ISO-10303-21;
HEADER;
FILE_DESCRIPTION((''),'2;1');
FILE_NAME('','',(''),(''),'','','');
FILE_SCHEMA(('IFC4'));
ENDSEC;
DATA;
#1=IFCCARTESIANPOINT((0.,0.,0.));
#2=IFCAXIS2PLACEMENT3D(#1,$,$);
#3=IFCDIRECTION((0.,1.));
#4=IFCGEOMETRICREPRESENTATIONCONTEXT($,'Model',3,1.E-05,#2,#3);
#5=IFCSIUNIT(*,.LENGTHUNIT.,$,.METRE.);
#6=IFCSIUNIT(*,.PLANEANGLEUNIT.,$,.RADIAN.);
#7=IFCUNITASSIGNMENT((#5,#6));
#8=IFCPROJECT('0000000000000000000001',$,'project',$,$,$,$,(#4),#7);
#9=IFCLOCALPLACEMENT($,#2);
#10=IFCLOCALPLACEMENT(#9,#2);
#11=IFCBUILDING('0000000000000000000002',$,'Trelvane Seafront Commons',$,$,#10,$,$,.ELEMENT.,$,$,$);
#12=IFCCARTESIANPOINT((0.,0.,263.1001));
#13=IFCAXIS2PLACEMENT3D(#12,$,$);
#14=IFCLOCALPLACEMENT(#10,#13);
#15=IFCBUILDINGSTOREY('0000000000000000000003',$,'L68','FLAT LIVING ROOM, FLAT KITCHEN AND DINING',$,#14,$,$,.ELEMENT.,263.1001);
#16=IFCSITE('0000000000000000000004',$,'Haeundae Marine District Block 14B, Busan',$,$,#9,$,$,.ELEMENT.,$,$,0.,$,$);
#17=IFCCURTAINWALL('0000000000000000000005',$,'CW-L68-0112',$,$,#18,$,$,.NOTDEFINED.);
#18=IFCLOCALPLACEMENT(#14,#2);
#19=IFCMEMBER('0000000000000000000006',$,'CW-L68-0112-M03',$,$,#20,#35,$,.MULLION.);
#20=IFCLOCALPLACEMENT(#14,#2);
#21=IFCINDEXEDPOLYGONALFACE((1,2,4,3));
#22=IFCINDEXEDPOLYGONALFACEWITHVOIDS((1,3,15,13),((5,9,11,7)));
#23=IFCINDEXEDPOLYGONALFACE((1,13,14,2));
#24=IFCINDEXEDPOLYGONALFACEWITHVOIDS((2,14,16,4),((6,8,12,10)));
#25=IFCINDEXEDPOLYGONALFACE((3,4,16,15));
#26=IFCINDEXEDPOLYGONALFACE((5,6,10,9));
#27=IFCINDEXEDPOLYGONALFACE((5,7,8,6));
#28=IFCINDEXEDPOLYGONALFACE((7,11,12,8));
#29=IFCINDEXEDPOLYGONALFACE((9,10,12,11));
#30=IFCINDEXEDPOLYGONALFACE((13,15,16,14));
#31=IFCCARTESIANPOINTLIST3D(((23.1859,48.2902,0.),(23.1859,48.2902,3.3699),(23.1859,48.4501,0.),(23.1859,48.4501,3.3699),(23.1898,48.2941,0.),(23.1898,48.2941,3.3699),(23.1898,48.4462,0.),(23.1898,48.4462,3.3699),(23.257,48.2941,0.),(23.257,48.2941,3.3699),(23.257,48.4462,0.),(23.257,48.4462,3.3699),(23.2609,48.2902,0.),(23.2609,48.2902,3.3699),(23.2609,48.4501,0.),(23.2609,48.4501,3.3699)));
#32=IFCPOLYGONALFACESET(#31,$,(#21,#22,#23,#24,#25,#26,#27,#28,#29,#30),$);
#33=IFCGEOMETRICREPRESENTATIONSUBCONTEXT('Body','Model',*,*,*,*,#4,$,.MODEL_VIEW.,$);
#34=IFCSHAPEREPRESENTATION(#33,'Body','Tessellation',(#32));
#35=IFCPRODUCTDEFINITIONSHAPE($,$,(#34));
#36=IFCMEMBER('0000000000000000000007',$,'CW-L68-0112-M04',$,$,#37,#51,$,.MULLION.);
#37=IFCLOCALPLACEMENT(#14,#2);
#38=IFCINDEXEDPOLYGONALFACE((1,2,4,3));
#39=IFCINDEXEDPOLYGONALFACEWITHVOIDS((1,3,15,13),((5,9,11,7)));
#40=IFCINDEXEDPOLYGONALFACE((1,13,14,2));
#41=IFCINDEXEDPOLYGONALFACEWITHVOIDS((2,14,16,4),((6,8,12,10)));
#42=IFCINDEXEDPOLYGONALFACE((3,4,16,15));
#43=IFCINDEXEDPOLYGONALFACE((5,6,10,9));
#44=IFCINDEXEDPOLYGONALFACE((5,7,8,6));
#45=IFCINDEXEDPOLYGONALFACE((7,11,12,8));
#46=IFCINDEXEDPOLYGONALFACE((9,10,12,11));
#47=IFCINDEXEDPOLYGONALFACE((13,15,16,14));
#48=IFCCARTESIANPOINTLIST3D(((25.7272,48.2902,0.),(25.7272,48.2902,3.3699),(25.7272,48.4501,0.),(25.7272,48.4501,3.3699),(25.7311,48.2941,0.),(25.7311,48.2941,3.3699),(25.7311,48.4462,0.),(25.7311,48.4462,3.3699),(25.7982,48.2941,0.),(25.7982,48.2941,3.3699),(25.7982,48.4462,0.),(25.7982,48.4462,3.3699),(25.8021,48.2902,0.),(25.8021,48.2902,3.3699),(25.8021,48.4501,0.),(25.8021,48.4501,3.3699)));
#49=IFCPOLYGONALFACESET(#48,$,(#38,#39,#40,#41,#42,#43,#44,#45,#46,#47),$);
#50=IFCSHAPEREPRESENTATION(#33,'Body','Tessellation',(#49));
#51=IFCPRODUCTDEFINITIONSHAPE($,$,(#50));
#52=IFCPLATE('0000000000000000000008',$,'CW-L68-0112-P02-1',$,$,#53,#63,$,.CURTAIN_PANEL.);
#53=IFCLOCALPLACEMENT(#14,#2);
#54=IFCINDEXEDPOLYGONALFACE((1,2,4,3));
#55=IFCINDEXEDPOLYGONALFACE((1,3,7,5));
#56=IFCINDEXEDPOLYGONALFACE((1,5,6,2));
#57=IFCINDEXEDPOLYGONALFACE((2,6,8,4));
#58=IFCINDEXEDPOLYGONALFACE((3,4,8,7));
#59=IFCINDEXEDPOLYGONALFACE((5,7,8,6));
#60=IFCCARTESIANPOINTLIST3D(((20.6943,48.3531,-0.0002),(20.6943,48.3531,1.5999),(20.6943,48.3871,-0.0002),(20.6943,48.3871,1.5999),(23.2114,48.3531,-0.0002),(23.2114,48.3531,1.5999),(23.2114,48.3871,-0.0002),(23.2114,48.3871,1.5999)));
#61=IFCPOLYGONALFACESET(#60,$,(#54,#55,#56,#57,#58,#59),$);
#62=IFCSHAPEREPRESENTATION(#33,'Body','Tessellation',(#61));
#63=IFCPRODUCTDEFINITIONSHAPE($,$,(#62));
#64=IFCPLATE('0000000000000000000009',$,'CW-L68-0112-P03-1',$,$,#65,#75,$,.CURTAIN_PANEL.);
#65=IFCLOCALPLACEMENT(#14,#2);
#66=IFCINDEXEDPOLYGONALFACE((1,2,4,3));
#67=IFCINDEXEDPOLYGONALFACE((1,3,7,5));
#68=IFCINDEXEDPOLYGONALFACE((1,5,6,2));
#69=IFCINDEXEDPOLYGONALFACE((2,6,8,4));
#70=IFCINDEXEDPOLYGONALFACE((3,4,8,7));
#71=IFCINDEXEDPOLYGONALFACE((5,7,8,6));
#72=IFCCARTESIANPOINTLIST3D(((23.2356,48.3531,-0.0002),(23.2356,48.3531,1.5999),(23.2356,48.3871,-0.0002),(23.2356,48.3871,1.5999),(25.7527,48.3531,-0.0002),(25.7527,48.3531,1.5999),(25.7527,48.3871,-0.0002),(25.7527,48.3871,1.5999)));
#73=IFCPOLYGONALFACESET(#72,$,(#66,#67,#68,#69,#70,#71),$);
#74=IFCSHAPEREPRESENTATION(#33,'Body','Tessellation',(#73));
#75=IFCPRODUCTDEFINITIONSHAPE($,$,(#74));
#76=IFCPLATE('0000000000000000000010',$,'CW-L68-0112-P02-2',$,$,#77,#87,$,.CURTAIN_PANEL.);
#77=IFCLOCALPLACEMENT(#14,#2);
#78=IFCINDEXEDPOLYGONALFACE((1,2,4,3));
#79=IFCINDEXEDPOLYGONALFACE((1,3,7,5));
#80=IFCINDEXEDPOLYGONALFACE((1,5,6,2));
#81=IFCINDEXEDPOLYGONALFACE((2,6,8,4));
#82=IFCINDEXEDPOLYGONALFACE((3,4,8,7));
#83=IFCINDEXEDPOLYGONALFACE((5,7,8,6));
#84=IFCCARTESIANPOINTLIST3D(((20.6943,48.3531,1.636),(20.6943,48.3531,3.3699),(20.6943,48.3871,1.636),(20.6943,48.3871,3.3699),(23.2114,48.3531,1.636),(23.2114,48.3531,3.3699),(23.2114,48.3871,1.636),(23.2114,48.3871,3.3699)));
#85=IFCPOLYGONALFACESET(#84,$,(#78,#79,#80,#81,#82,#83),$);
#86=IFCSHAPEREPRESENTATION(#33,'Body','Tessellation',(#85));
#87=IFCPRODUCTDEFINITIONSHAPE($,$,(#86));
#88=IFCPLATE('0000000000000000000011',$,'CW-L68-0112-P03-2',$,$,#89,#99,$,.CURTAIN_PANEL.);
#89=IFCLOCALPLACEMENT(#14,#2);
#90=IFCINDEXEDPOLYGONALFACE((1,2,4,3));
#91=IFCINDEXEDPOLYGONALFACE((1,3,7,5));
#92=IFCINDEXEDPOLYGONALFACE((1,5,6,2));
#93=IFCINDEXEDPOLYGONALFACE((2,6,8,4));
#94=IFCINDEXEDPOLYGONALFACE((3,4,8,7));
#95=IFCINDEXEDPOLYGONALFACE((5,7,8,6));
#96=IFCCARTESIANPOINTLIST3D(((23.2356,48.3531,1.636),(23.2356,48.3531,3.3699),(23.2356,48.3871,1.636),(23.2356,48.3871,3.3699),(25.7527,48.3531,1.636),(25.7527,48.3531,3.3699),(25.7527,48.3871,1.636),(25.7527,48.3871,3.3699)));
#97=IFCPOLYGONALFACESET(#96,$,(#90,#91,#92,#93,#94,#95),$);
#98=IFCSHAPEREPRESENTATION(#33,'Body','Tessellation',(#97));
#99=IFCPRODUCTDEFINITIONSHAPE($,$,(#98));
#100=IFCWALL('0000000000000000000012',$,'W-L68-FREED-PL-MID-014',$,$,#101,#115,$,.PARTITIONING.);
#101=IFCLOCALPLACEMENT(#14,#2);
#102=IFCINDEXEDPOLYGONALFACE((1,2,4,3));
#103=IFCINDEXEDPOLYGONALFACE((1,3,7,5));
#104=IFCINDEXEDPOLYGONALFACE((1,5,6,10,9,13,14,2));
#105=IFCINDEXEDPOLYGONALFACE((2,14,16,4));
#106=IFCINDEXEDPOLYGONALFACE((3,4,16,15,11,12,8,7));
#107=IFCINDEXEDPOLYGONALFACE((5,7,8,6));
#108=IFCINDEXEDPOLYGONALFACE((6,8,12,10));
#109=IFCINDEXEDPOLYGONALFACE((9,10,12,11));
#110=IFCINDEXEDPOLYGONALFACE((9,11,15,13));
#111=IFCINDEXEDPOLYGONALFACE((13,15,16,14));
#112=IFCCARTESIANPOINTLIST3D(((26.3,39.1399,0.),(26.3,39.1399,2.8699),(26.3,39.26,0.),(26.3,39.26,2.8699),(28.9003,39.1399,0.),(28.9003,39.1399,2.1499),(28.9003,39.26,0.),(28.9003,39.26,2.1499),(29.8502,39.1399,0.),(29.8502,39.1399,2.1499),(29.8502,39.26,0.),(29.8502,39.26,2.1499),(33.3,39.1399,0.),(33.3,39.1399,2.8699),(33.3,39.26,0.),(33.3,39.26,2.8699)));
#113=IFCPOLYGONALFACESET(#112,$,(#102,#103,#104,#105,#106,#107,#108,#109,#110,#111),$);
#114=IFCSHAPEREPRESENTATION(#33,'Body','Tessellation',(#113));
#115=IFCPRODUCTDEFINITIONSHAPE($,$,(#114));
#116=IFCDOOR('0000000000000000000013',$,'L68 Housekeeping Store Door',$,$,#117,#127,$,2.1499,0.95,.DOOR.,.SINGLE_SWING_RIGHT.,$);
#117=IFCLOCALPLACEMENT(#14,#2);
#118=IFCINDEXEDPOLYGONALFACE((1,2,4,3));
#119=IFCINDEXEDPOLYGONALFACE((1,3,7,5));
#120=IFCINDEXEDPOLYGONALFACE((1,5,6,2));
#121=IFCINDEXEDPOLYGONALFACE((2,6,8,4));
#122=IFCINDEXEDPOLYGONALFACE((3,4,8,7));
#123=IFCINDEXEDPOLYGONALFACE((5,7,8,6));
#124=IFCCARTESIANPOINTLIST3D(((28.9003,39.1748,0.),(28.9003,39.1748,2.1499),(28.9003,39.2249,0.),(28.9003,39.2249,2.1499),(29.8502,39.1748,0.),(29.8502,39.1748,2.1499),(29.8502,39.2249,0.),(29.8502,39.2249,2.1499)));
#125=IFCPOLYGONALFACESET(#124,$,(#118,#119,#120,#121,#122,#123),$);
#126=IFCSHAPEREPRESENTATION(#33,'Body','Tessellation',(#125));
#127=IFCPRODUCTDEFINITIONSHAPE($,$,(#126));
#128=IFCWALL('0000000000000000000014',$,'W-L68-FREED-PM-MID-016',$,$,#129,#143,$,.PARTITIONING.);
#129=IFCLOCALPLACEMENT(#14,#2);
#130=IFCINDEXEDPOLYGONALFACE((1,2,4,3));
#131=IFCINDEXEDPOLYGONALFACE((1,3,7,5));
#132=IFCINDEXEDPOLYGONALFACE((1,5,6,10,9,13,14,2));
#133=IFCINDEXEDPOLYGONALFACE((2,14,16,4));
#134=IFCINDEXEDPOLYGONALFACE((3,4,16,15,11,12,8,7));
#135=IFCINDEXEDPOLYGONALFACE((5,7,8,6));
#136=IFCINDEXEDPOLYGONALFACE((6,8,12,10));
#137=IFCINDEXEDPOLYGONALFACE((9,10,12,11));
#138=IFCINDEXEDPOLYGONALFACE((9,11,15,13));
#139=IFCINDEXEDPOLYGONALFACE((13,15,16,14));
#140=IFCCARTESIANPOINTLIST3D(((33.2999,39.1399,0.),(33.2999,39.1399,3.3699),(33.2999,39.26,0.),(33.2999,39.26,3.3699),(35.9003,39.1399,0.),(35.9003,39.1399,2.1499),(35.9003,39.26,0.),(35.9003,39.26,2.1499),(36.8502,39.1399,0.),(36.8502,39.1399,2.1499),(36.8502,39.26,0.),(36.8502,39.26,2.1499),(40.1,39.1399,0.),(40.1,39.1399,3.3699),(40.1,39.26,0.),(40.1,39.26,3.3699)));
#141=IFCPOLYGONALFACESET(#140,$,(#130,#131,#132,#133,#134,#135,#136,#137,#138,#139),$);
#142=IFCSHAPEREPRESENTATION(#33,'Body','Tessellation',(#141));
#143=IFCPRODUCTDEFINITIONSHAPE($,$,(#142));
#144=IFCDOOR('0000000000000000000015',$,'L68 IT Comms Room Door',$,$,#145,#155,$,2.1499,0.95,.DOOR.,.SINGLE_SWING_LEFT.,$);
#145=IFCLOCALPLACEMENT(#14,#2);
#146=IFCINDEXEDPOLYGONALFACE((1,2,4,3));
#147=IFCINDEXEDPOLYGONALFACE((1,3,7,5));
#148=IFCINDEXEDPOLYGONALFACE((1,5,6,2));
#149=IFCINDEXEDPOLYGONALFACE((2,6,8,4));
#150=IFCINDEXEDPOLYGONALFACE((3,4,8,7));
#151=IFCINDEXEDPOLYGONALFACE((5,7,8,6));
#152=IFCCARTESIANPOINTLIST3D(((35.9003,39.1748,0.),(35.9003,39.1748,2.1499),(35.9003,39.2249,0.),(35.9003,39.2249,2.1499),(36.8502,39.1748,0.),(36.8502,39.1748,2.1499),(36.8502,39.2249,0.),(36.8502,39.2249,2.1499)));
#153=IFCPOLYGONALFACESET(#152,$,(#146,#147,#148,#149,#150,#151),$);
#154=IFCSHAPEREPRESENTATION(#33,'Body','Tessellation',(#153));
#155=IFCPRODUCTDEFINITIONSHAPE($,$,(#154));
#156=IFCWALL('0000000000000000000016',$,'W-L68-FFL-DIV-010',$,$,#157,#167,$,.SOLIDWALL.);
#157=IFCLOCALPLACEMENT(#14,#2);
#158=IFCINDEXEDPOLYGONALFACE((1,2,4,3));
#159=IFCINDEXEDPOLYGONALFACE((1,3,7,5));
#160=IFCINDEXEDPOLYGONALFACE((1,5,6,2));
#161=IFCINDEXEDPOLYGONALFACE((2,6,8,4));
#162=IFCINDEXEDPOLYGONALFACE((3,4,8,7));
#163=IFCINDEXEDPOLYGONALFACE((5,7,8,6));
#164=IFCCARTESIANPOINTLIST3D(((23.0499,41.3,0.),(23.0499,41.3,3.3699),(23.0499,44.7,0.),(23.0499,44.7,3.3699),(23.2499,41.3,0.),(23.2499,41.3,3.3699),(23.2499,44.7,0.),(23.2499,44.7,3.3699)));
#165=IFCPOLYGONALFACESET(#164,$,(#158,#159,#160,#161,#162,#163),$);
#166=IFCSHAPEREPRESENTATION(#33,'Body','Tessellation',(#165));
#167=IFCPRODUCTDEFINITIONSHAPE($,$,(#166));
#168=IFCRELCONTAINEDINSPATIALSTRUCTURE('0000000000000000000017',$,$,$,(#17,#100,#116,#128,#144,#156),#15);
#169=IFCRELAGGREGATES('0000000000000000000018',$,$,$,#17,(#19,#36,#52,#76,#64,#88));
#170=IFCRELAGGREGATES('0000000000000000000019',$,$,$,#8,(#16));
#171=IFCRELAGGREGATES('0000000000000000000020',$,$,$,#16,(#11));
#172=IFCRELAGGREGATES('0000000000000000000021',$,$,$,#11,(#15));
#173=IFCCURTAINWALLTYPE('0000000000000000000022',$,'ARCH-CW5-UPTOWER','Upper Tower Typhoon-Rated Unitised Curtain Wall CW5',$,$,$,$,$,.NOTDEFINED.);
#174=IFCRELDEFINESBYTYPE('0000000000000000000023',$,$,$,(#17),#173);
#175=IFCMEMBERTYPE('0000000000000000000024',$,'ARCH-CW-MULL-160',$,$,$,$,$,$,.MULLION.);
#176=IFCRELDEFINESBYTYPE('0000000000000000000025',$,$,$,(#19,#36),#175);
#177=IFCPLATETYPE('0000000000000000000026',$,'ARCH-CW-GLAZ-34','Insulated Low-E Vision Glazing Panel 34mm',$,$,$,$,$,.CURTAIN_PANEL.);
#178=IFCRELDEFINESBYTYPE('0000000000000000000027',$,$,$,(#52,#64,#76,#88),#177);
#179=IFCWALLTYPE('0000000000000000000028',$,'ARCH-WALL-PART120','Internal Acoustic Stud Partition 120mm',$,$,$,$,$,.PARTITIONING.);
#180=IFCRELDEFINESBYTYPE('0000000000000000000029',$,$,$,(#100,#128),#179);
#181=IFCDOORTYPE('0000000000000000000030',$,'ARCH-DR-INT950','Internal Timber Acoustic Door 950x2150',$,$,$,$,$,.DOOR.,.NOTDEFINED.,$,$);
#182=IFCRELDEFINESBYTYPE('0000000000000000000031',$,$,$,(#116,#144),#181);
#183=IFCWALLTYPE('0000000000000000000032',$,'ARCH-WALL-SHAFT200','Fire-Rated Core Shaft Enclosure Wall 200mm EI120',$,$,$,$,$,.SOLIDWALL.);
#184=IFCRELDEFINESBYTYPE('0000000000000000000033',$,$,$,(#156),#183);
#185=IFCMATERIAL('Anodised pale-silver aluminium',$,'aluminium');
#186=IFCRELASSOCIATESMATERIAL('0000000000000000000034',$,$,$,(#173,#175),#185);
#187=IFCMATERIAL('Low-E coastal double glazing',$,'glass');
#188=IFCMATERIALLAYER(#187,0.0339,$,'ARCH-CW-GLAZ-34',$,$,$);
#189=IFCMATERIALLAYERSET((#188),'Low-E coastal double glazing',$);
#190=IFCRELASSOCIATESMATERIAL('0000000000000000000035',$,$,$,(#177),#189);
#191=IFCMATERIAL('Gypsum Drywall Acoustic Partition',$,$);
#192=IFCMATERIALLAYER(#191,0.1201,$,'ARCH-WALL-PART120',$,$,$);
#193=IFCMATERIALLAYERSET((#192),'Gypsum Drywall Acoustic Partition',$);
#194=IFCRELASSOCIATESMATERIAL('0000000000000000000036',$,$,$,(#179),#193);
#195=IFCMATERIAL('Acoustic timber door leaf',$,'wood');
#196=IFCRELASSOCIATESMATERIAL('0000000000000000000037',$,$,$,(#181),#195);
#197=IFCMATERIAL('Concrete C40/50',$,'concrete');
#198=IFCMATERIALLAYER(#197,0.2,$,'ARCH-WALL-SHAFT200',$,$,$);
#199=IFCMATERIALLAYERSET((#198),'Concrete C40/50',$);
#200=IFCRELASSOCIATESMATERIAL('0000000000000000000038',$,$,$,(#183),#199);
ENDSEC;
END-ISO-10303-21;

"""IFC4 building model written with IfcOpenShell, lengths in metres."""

from ifc_helpers import new_model, si_unit, direction, frame, frame_2d, origin, origin_2d, place, context, subcontext, project, spatial, rectangle, hollow_rectangle, extrude, source, transform, mapped, material, layer, layer_set, material_profile, profile_set, type_object, element, fill, aggregate, save


model = new_model("IFC4")

# Units and contexts
model_context = context("Model", 3, precision=1e-05, world=origin(), true_north=direction((0.0, 1.0)))
body_context = subcontext(model_context, "Body", "Model", "MODEL_VIEW")
ifc_project = project(units=[si_unit("LENGTHUNIT", "METRE"), si_unit("PLANEANGLEUNIT", "RADIAN")], contexts=[model_context])

# Site, building, storey
site_placement = place(None, origin())
site = spatial("IfcSite", under=ifc_project, at=site_placement, Name="Haeundae Marine District Block 14B, Busan", CompositionType="ELEMENT", RefElevation=0.0)
building_placement = place(site_placement, origin())
building = spatial("IfcBuilding", under=site, at=building_placement, Name="Trelvane Seafront Commons", CompositionType="ELEMENT")
storey_placement = place(building_placement, frame((0.0, 0.0, 263.1001)))
storey = spatial("IfcBuildingStorey", under=building, at=storey_placement, Name="L68", Description="FLAT LIVING ROOM, FLAT KITCHEN AND DINING", CompositionType="ELEMENT", Elevation=263.1001)

# Curtain wall, members, plates
ifc_material_1 = material(Name="Anodised pale-silver aluminium", Category="aluminium")
curtain_wall_type = type_object("IfcCurtainWallType", Name="ARCH-CW5-UPTOWER", Description="Upper Tower Typhoon-Rated Unitised Curtain Wall CW5", PredefinedType="NOTDEFINED", material=ifc_material_1)
curtain_wall_placement = place(storey_placement, origin())
curtain_wall = element("IfcCurtainWall", 1, at=curtain_wall_placement, inside=storey, type_object=curtain_wall_type, Name="CW-L68-0112", PredefinedType="NOTDEFINED")
ifc_material_profile_1 = material_profile(ifc_material_1, hollow_rectangle(XDim=0.075, YDim=0.1599, WallThickness=0.0039, at=origin_2d()), Name="MULL-75x160x4")
ifc_profile_set_1 = profile_set([ifc_material_profile_1], Name="Anodised pale-silver aluminium")
member_type_1 = type_object("IfcMemberType", Name="ARCH-CW-MULL-160", PredefinedType="MULLION", material=ifc_profile_set_1)
shared_shape_1 = source(origin(), body_context, "Body", "SweptSolid", [
    extrude(hollow_rectangle(XDim=0.075, YDim=0.1599, WallThickness=0.0039, at=origin_2d()), origin(), (0.0, 0.0, 1.0), 3.3699),
])
member_1_placement = place(storey_placement, frame((23.2234, 48.3701, 0.0), z_axis=(0.0, 0.0, 1.0), x_axis=(1.0, 0.0, 0.0)))
member_1 = element("IfcMember", 2, at=member_1_placement, type_object=member_type_1, Name="CW-L68-0112-M03", PredefinedType="MULLION", context=body_context, shape_type="MappedRepresentation", body=[
    mapped(shared_shape_1, transform((0.0, 0.0, 0.0), x_axis=(1.0, 0.0, 0.0), y_axis=(0.0, 1.0, 0.0), z_axis=(0.0, 0.0, 1.0), scale=1.0)),
])
member_2_placement = place(storey_placement, frame((25.7646, 48.3701, 0.0), z_axis=(0.0, 0.0, 1.0), x_axis=(1.0, 0.0, 0.0)))
member_2 = element("IfcMember", 3, at=member_2_placement, type_object=member_type_1, Name="CW-L68-0112-M04", PredefinedType="MULLION", context=body_context, shape_type="MappedRepresentation", body=[
    mapped(shared_shape_1, transform((0.0, 0.0, 0.0), x_axis=(1.0, 0.0, 0.0), y_axis=(0.0, 1.0, 0.0), z_axis=(0.0, 0.0, 1.0), scale=1.0)),
])
ifc_material_2 = material(Name="Low-E coastal double glazing", Category="glass")
ifc_layer_1 = layer(ifc_material_2, 0.0339, Name="ARCH-CW-GLAZ-34")
ifc_layer_set_1 = layer_set([ifc_layer_1], Name="Low-E coastal double glazing")
plate_type = type_object("IfcPlateType", Name="ARCH-CW-GLAZ-34", Description="Insulated Low-E Vision Glazing Panel 34mm", PredefinedType="CURTAIN_PANEL", material=ifc_layer_set_1)
shared_shape_2 = source(origin(), body_context, "Body", "SweptSolid", [
    extrude(rectangle(XDim=2.5171, YDim=0.0339, at=origin_2d()), origin(), (0.0, 0.0, 1.0), 1.6001),
])
plate_1_placement = place(storey_placement, frame((21.9529, 48.3701, -0.0002), z_axis=(0.0, 0.0, 1.0), x_axis=(1.0, 0.0, 0.0)))
plate_1 = element("IfcPlate", 4, at=plate_1_placement, type_object=plate_type, Name="CW-L68-0112-P02-1", PredefinedType="CURTAIN_PANEL", context=body_context, shape_type="MappedRepresentation", body=[
    mapped(shared_shape_2, transform((0.0, 0.0, 0.0), x_axis=(1.0, 0.0, 0.0), y_axis=(0.0, 1.0, 0.0), z_axis=(0.0, 0.0, 1.0), scale=1.0)),
])
plate_2_placement = place(storey_placement, frame((24.4941, 48.3701, -0.0002), z_axis=(0.0, 0.0, 1.0), x_axis=(1.0, 0.0, 0.0)))
plate_2 = element("IfcPlate", 5, at=plate_2_placement, type_object=plate_type, Name="CW-L68-0112-P03-1", PredefinedType="CURTAIN_PANEL", context=body_context, shape_type="MappedRepresentation", body=[
    mapped(shared_shape_2, transform((0.0, 0.0, 0.0), x_axis=(1.0, 0.0, 0.0), y_axis=(0.0, 1.0, 0.0), z_axis=(0.0, 0.0, 1.0), scale=1.0)),
])
shared_shape_3 = source(origin(), body_context, "Body", "SweptSolid", [
    extrude(rectangle(XDim=2.5171, YDim=0.0339, at=origin_2d()), origin(), (0.0, 0.0, 1.0), 1.7339),
])
plate_3_placement = place(storey_placement, frame((21.9529, 48.3701, 1.636), z_axis=(0.0, 0.0, 1.0), x_axis=(1.0, 0.0, 0.0)))
plate_3 = element("IfcPlate", 6, at=plate_3_placement, type_object=plate_type, Name="CW-L68-0112-P02-2", PredefinedType="CURTAIN_PANEL", context=body_context, shape_type="MappedRepresentation", body=[
    mapped(shared_shape_3, transform((0.0, 0.0, 0.0), x_axis=(1.0, 0.0, 0.0), y_axis=(0.0, 1.0, 0.0), z_axis=(0.0, 0.0, 1.0), scale=1.0)),
])
plate_4_placement = place(storey_placement, frame((24.4941, 48.3701, 1.636), z_axis=(0.0, 0.0, 1.0), x_axis=(1.0, 0.0, 0.0)))
plate_4 = element("IfcPlate", 7, at=plate_4_placement, type_object=plate_type, Name="CW-L68-0112-P03-2", PredefinedType="CURTAIN_PANEL", context=body_context, shape_type="MappedRepresentation", body=[
    mapped(shared_shape_3, transform((0.0, 0.0, 0.0), x_axis=(1.0, 0.0, 0.0), y_axis=(0.0, 1.0, 0.0), z_axis=(0.0, 0.0, 1.0), scale=1.0)),
])
aggregate(curtain_wall, [member_1, member_2, plate_1, plate_3, plate_2, plate_4])

# Walls, openings, doors
ifc_material_3 = material(Name="Concrete C40/50", Category="concrete")
ifc_material_4 = material(Name="Gypsum Drywall Acoustic Partition")
ifc_layer_2 = layer(ifc_material_4, 0.1201, Name="ARCH-WALL-PART120")
ifc_layer_set_2 = layer_set([ifc_layer_2], Name="Gypsum Drywall Acoustic Partition")
wall_type_1 = type_object("IfcWallType", Name="ARCH-WALL-PART120", Description="Internal Acoustic Stud Partition 120mm", PredefinedType="PARTITIONING", material=ifc_layer_set_2)
wall_1_placement = place(storey_placement, frame((26.3, 39.2, 0.0), z_axis=(0.0, 0.0, 1.0), x_axis=(1.0, 0.0, 0.0)))
wall_1 = element("IfcWall", 8, at=wall_1_placement, inside=storey, type_object=wall_type_1, Name="W-L68-FREED-PL-MID-014", PredefinedType="PARTITIONING", context=body_context, shape_type="SweptSolid", body=[
    extrude(rectangle(XDim=7.0, YDim=0.1201, at=frame_2d((3.5, 0.0))), origin(), (0.0, 0.0, 1.0), 2.8699),
])
opening_1_placement = place(wall_1_placement, frame((2.6001, 0.0, 0.0)))
opening_1 = element("IfcOpeningElement", 9, at=opening_1_placement, cuts=wall_1, PredefinedType="OPENING", context=body_context, shape_type="SweptSolid", body=[
    extrude(rectangle(XDim=0.95, YDim=2.1499, at=frame_2d((0.4751, 1.075))), frame((0.0, 0.0701, 0.0), z_axis=(0.0, -1.0, 0.0), x_axis=(1.0, 0.0, 0.0)), (0.0, 0.0, 1.0), 0.1401),
])
ifc_material_5 = material(Name="Acoustic timber door leaf", Category="wood")
door_type_1 = type_object("IfcDoorType", Name="ARCH-DR-INT950", Description="Internal Timber Acoustic Door 950x2150", OperationType="NOTDEFINED", PredefinedType="DOOR", material=ifc_material_5)
shared_shape_4 = source(origin(), body_context, "Body", "SweptSolid", [
    extrude(rectangle(XDim=0.95, YDim=2.1499, at=frame_2d((0.4751, 1.075))), frame((0.0, 0.0249, 0.0), z_axis=(0.0, -1.0, 0.0), x_axis=(1.0, 0.0, 0.0)), (0.0, 0.0, 1.0), 0.05),
])
door_1_placement = place(opening_1_placement, origin())
door_1 = element("IfcDoor", 10, at=door_1_placement, inside=storey, type_object=door_type_1, Name="L68 Housekeeping Store Door", OperationType="SINGLE_SWING_RIGHT", OverallHeight=2.1499, OverallWidth=0.95, PredefinedType="DOOR", context=body_context, shape_type="MappedRepresentation", body=[
    mapped(shared_shape_4, transform((0.0, 0.0, 0.0), x_axis=(1.0, 0.0, 0.0), y_axis=(0.0, 1.0, 0.0), z_axis=(0.0, 0.0, 1.0), scale=1.0)),
])
fill(opening_1, door_1)
wall_2_placement = place(storey_placement, frame((33.3, 39.2, 0.0), z_axis=(0.0, 0.0, 1.0), x_axis=(1.0, 0.0, 0.0)))
wall_2 = element("IfcWall", 11, at=wall_2_placement, inside=storey, type_object=wall_type_1, Name="W-L68-FREED-PM-MID-016", PredefinedType="PARTITIONING", context=body_context, shape_type="SweptSolid", body=[
    extrude(rectangle(XDim=6.8, YDim=0.1201, at=frame_2d((3.3999, 0.0))), origin(), (0.0, 0.0, 1.0), 3.3699),
])
opening_2_placement = place(wall_2_placement, frame((2.6001, 0.0, 0.0)))
opening_2 = element("IfcOpeningElement", 12, at=opening_2_placement, cuts=wall_2, PredefinedType="OPENING", context=body_context, shape_type="SweptSolid", body=[
    extrude(rectangle(XDim=0.95, YDim=2.1499, at=frame_2d((0.4751, 1.075))), frame((0.0, 0.0701, 0.0), z_axis=(0.0, -1.0, 0.0), x_axis=(1.0, 0.0, 0.0)), (0.0, 0.0, 1.0), 0.1401),
])
door_2_placement = place(opening_2_placement, origin())
door_2 = element("IfcDoor", 13, at=door_2_placement, inside=storey, type_object=door_type_1, Name="L68 IT Comms Room Door", OperationType="SINGLE_SWING_LEFT", OverallHeight=2.1499, OverallWidth=0.95, PredefinedType="DOOR", context=body_context, shape_type="MappedRepresentation", body=[
    mapped(shared_shape_4, transform((0.0, 0.0, 0.0), x_axis=(1.0, 0.0, 0.0), y_axis=(0.0, 1.0, 0.0), z_axis=(0.0, 0.0, 1.0), scale=1.0)),
])
fill(opening_2, door_2)

# Wall
ifc_layer_3 = layer(ifc_material_3, 0.2, Name="ARCH-WALL-SHAFT200")
ifc_layer_set_3 = layer_set([ifc_layer_3], Name="Concrete C40/50")
wall_type_2 = type_object("IfcWallType", Name="ARCH-WALL-SHAFT200", Description="Fire-Rated Core Shaft Enclosure Wall 200mm EI120", PredefinedType="SOLIDWALL", material=ifc_layer_set_3)
for number, where, z_axis, x_axis, name in (
    (14, (23.1499, 41.3, 0.0), (0.0, 0.0, 1.0), (0.0, 1.0, 0.0), "W-L68-FFL-DIV-010"),
):
    element("IfcWall", number, at=place(storey_placement, frame(where, z_axis=z_axis, x_axis=x_axis)), inside=storey, type_object=wall_type_2, Name=name, PredefinedType="SOLIDWALL", context=body_context, shape_type="SweptSolid", body=[
        extrude(rectangle(XDim=3.3999, YDim=0.2, at=frame_2d((1.7, 0.0))), origin(), (0.0, 0.0, 1.0), 3.3699),
    ])

save(model, "model.ifc")
